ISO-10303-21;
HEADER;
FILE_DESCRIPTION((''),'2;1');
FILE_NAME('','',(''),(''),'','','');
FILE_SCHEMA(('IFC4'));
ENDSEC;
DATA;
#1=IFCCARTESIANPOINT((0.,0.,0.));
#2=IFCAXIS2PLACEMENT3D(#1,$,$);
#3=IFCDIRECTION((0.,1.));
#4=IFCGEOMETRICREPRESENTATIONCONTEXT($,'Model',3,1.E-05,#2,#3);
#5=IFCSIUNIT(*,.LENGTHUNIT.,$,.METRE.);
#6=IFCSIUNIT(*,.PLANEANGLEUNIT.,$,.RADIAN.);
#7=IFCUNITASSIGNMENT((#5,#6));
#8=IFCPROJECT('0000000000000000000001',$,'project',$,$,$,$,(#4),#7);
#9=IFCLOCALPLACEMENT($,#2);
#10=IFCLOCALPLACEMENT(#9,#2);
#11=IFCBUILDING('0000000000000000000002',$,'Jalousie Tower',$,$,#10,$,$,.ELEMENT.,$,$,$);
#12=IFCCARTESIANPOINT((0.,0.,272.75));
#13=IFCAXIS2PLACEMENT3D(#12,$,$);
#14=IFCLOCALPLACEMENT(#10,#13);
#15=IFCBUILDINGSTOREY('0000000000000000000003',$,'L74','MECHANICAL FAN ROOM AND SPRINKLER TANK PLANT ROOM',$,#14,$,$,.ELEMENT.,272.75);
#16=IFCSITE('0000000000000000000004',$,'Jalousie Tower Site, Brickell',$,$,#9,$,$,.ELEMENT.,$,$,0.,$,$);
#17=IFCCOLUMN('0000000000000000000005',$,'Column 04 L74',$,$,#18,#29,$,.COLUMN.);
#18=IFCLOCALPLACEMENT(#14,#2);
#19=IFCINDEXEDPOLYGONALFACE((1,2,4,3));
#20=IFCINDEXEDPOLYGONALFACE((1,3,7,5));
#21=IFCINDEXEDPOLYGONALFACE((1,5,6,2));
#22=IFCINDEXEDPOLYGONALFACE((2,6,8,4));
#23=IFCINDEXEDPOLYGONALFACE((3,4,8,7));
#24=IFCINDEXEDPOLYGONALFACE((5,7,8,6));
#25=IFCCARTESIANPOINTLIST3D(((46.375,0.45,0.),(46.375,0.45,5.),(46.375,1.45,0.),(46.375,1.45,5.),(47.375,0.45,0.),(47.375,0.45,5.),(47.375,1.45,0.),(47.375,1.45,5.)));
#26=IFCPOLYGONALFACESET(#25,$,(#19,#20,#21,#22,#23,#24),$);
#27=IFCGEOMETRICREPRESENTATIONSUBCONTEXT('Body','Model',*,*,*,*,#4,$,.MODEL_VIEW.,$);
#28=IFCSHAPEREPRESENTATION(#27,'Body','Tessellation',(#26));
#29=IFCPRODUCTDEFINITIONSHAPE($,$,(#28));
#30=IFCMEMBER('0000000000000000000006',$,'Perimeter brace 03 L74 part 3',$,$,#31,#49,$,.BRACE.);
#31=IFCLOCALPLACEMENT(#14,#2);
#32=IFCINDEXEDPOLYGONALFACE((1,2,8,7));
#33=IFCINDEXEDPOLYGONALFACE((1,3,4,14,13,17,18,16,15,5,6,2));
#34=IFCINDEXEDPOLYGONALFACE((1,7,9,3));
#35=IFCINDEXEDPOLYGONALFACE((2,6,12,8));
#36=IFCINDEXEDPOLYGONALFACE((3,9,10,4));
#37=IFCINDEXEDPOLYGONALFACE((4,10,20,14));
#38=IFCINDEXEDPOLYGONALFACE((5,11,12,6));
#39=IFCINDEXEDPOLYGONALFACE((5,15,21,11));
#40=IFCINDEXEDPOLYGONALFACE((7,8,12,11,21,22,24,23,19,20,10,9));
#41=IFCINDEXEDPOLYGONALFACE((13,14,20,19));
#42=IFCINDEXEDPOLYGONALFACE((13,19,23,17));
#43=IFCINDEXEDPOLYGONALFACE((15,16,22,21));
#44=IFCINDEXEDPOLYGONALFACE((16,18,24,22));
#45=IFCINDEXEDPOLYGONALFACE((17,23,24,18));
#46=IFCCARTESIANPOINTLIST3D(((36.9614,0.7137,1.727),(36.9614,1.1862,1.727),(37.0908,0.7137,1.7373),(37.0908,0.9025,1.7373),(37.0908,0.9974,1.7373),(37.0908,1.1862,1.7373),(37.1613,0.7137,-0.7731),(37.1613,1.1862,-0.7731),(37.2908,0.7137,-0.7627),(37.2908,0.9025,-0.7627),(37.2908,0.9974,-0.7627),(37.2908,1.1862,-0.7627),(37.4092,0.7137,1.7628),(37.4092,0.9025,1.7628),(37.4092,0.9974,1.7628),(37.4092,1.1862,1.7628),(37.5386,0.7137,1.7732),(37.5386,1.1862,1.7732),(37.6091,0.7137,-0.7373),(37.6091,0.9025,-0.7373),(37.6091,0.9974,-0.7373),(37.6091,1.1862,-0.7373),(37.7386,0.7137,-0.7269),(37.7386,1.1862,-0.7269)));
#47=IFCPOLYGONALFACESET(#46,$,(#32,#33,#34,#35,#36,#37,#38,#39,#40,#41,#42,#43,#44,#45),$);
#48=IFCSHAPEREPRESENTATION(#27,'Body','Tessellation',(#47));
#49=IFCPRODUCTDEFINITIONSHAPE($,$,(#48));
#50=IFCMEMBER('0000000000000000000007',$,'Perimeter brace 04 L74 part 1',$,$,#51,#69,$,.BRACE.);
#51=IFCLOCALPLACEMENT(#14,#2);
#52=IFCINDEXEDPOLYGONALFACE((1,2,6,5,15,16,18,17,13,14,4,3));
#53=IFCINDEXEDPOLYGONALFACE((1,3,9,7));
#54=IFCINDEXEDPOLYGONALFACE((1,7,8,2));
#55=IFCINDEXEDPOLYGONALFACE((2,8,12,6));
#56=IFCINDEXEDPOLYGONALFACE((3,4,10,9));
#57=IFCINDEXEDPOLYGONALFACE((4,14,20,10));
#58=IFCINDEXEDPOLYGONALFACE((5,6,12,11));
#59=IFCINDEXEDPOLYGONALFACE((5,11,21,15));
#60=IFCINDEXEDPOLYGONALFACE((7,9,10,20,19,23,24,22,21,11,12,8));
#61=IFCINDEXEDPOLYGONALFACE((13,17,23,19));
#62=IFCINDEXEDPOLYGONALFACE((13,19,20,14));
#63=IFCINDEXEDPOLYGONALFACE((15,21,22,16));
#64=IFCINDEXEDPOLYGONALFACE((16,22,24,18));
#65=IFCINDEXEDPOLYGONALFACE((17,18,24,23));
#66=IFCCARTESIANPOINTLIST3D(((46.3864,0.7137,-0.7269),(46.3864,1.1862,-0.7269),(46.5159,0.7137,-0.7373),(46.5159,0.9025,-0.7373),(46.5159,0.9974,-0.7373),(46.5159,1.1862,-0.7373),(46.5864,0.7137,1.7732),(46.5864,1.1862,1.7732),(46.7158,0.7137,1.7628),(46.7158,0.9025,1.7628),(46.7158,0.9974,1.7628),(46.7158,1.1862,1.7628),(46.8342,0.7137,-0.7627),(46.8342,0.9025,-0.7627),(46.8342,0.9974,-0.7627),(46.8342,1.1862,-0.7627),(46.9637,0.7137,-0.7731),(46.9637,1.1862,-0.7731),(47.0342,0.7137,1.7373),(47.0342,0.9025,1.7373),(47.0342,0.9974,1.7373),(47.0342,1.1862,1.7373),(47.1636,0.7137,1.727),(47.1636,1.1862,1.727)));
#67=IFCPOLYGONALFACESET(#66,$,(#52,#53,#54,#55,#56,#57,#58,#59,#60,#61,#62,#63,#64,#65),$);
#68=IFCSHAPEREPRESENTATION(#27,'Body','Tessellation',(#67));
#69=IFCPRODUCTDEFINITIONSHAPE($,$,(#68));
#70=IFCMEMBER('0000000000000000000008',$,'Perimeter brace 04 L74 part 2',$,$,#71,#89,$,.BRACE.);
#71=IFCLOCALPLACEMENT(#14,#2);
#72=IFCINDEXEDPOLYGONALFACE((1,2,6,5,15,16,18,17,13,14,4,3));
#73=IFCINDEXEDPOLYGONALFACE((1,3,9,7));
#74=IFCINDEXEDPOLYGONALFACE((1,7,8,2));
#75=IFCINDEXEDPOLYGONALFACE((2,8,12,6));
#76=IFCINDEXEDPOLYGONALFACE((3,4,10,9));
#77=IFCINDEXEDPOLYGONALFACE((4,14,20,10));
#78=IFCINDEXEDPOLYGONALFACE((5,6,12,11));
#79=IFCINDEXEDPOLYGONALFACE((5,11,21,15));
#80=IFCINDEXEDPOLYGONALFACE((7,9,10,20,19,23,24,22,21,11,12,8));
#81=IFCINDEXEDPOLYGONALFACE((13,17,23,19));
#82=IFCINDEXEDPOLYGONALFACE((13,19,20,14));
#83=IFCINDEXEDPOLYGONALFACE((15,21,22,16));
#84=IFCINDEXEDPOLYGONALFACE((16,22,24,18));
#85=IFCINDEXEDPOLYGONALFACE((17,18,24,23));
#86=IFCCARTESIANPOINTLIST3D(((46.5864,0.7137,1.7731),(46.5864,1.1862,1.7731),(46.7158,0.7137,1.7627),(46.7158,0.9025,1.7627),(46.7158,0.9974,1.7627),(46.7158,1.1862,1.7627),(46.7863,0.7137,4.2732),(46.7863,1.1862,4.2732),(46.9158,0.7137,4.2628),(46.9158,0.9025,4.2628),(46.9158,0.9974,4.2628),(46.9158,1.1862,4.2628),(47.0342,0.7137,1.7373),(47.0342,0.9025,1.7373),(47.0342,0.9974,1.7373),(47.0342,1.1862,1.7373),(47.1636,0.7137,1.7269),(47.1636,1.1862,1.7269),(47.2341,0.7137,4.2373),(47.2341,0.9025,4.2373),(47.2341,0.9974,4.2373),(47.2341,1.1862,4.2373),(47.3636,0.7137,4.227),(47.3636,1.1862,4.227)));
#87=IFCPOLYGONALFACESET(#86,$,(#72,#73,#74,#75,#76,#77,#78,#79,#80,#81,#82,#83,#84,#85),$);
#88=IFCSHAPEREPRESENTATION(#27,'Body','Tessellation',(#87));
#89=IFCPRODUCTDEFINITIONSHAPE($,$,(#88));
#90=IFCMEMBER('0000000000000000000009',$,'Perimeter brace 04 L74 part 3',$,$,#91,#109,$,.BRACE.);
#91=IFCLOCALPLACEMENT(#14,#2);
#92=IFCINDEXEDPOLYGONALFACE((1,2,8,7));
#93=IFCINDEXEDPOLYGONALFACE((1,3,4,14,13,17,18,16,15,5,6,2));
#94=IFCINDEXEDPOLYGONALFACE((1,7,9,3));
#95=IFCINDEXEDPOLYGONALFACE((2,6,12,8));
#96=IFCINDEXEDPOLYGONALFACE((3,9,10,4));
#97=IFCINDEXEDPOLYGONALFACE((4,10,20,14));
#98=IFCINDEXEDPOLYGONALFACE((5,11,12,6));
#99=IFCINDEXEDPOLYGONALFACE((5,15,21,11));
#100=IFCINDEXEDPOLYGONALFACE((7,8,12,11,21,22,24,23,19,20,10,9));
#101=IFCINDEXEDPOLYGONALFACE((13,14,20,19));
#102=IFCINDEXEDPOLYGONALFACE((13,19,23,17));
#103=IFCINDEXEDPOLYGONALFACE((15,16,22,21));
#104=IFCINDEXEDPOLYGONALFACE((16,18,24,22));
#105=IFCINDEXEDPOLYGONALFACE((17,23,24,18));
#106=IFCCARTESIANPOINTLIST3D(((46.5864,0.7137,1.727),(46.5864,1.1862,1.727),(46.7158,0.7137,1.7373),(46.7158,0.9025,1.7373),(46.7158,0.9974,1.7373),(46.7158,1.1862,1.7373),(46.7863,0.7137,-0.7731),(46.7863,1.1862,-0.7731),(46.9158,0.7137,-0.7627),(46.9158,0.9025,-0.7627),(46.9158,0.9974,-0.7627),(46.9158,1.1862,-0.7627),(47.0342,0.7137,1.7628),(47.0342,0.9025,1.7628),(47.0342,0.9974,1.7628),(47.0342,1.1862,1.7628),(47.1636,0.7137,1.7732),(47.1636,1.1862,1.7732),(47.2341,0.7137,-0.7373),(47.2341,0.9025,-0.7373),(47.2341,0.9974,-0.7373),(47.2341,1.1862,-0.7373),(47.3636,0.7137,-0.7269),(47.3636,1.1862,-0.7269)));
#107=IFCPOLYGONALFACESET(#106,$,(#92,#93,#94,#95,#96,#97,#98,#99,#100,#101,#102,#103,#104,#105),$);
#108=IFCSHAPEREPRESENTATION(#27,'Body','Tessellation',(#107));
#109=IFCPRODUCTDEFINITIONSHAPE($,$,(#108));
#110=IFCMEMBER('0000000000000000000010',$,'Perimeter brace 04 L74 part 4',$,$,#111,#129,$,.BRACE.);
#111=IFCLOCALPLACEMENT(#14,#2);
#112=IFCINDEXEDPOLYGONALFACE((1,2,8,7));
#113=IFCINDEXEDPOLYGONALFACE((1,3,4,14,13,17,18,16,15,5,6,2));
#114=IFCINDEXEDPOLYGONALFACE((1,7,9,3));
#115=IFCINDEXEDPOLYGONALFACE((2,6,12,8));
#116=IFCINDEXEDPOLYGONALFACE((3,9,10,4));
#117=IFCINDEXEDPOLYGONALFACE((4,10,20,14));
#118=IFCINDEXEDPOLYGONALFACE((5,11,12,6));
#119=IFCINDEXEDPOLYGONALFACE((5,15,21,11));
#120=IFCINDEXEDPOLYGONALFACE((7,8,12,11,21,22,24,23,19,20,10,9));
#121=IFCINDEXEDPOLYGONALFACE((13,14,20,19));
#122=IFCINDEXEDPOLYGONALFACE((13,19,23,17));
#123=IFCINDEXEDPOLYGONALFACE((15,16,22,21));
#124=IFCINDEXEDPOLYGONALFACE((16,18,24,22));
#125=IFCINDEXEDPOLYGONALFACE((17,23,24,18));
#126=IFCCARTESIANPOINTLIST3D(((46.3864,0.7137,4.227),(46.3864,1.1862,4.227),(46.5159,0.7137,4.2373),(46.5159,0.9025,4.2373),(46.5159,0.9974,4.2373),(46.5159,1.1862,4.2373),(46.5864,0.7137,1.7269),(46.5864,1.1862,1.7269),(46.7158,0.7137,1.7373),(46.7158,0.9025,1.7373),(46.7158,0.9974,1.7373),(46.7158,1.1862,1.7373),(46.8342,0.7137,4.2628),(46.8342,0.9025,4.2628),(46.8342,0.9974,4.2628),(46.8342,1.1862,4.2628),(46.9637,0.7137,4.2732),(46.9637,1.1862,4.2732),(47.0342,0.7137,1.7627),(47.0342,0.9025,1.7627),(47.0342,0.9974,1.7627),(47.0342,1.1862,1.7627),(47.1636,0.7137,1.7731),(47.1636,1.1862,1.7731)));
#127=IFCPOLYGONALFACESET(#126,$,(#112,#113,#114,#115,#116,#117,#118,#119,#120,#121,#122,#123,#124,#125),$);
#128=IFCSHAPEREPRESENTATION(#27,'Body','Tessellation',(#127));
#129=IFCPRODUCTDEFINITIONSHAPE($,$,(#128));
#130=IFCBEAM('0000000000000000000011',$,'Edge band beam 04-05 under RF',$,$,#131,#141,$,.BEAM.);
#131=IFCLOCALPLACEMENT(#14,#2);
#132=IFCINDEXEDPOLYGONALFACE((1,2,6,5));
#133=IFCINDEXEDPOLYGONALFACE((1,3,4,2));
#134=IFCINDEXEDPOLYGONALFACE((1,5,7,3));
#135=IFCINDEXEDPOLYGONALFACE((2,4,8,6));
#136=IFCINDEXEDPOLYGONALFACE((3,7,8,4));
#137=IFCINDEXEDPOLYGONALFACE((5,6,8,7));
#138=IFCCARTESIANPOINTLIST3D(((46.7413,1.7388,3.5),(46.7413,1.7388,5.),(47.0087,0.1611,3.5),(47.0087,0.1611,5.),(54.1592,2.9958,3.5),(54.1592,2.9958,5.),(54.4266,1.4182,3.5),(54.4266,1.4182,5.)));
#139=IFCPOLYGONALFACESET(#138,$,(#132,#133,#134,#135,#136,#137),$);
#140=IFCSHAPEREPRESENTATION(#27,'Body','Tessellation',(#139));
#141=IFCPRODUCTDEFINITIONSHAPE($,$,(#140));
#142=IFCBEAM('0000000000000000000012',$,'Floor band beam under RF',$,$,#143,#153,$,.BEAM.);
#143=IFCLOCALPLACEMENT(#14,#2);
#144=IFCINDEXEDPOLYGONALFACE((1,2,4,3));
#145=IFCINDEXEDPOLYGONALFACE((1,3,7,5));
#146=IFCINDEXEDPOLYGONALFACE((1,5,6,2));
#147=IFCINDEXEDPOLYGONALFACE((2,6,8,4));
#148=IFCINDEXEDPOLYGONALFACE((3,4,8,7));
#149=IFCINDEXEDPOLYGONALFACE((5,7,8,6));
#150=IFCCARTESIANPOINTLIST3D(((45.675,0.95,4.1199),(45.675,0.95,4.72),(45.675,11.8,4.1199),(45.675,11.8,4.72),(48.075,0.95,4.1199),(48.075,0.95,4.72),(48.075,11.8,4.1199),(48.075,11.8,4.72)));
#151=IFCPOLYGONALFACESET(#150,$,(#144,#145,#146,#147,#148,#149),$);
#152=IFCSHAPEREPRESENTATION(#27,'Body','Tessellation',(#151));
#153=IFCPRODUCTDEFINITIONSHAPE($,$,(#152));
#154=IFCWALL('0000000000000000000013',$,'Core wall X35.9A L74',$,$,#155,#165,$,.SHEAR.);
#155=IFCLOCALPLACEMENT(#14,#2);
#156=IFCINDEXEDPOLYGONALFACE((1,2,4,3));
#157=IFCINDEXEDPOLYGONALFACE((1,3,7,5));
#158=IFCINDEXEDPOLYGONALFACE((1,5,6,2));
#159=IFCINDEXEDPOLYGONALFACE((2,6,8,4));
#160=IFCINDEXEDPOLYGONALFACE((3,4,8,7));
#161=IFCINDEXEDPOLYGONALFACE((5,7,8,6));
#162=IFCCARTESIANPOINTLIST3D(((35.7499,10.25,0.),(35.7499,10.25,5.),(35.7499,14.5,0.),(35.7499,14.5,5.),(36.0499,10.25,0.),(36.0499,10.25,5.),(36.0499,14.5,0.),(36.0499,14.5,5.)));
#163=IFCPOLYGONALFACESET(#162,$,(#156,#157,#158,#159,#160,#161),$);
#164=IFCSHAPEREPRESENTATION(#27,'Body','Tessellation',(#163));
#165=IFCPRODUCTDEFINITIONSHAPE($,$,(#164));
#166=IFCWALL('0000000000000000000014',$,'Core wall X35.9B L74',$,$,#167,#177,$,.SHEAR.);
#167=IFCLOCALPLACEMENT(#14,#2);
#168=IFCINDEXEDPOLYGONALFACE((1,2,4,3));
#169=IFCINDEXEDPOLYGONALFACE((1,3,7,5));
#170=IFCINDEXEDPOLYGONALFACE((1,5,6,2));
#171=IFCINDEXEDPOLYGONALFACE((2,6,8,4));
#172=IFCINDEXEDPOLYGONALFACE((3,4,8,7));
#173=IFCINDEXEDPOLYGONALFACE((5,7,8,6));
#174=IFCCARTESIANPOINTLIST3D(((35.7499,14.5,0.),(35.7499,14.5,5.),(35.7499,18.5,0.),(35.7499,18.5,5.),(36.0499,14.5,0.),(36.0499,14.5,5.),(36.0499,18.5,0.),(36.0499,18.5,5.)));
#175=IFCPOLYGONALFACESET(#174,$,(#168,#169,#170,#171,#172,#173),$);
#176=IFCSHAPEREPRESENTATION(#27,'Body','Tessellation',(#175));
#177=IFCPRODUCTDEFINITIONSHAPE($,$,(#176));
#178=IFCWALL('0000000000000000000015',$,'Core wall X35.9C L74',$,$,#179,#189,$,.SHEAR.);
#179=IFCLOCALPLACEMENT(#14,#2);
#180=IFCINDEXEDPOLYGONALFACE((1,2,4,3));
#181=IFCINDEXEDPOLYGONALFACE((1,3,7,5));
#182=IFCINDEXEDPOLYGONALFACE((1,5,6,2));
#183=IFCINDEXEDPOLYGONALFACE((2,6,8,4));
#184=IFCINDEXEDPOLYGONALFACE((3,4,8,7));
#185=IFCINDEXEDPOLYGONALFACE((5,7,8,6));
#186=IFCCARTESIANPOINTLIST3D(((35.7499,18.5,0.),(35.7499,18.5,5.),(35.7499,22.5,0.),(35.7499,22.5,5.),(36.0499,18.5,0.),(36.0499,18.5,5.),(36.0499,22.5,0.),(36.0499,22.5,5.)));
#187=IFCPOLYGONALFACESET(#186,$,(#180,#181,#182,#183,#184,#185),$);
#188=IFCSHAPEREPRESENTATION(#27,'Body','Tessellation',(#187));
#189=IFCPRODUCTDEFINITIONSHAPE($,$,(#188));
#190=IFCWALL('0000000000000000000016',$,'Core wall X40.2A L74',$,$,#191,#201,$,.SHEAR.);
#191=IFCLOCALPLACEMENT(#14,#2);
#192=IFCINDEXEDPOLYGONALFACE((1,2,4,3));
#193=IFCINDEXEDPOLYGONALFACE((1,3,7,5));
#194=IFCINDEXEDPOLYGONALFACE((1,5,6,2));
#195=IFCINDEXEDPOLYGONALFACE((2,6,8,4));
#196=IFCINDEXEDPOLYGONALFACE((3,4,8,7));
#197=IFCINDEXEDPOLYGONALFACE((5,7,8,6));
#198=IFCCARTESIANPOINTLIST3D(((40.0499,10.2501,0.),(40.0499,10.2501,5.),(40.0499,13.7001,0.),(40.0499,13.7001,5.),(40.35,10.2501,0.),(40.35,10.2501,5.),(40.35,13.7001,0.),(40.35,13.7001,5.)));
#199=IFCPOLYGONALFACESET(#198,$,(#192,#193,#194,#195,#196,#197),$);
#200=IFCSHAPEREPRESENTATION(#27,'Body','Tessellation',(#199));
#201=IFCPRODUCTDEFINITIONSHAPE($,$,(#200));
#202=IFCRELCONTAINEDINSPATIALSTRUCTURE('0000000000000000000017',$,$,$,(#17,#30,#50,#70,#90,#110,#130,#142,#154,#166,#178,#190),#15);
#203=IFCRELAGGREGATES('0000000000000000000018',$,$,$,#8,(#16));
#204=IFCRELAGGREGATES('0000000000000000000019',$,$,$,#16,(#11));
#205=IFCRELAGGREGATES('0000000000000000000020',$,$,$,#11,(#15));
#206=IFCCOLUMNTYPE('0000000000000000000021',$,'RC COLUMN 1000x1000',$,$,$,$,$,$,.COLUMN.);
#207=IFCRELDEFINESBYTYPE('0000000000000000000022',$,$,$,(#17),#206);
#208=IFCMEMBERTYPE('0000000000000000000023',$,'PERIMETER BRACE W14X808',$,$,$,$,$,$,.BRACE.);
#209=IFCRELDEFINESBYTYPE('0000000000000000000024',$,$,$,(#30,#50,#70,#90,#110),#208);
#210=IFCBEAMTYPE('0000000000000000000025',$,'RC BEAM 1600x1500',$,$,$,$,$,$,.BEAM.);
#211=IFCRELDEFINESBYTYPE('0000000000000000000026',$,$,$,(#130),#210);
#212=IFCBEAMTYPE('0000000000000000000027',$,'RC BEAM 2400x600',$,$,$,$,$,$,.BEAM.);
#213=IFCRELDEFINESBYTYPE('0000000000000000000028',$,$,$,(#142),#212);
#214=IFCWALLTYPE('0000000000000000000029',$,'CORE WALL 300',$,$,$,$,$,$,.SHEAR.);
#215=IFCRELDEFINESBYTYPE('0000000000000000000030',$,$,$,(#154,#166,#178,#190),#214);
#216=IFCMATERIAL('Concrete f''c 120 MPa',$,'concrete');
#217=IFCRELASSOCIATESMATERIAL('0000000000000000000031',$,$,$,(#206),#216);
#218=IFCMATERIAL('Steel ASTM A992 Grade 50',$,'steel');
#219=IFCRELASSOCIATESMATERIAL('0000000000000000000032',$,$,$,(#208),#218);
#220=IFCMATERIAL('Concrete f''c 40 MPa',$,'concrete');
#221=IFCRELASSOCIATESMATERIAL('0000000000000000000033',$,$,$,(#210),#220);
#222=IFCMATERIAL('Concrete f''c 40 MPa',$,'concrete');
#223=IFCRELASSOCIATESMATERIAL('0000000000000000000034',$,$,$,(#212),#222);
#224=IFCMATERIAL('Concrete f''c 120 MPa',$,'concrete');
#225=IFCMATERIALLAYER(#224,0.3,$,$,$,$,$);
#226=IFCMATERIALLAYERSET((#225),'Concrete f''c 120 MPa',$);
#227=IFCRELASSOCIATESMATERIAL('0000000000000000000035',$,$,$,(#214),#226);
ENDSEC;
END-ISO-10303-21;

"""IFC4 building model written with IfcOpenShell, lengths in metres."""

from ifc_helpers import new_model, si_unit, direction, frame, frame_2d, origin, origin_2d, place, context, subcontext, project, spatial, rectangle, i_section, extrude, material, layer, layer_set, material_profile, profile_set, type_object, element, save


model = new_model("IFC4")

# Units and contexts
model_context = context("Model", 3, precision=1e-05, world=origin(), true_north=direction((0.0, 1.0)))
body_context = subcontext(model_context, "Body", "Model", "MODEL_VIEW")
ifc_project = project(units=[si_unit("LENGTHUNIT", "METRE"), si_unit("PLANEANGLEUNIT", "RADIAN")], contexts=[model_context])

# Site, building, storey
site_placement = place(None, origin())
site = spatial("IfcSite", under=ifc_project, at=site_placement, Name="Jalousie Tower Site, Brickell", CompositionType="ELEMENT", RefElevation=0.0)
building_placement = place(site_placement, origin())
building = spatial("IfcBuilding", under=site, at=building_placement, Name="Jalousie Tower", CompositionType="ELEMENT")
storey_placement = place(building_placement, frame((0.0, 0.0, 272.75)))
storey = spatial("IfcBuildingStorey", under=building, at=storey_placement, Name="L74", Description="MECHANICAL FAN ROOM AND SPRINKLER TANK PLANT ROOM", CompositionType="ELEMENT", Elevation=272.75)

# Column
ifc_material_1 = material(Name="Concrete f'c 120 MPa", Category="concrete")
ifc_material_profile_1 = material_profile(ifc_material_1, rectangle(XDim=1.0, YDim=1.0, at=origin_2d()), Name="RC 1000x1000")
ifc_profile_set_1 = profile_set([ifc_material_profile_1], Name="Concrete f'c 120 MPa")
column_type = type_object("IfcColumnType", Name="RC COLUMN 1000x1000", PredefinedType="COLUMN", material=ifc_profile_set_1)
column_placement = place(storey_placement, frame((46.875, 0.95, 0.0), z_axis=(0.0, 0.0, 1.0), x_axis=(1.0, 0.0, 0.0)))
element("IfcColumn", 1, at=column_placement, inside=storey, type_object=column_type, Name="Column 04 L74", PredefinedType="COLUMN", context=body_context, shape_type="SweptSolid", body=[
    extrude(rectangle(XDim=1.0, YDim=1.0, at=origin_2d()), origin(), (0.0, 0.0, 1.0), 5.0),
])

# Members
ifc_material_2 = material(Name="Steel ASTM A992 Grade 50", Category="steel")
ifc_material_profile_2 = material_profile(ifc_material_2, i_section(OverallWidth=0.4724, OverallDepth=0.5791, WebThickness=0.095, FlangeThickness=0.1299, at=origin_2d()), Name="W14X808")
ifc_profile_set_2 = profile_set([ifc_material_profile_2], Name="Steel ASTM A992 Grade 50")
member_type = type_object("IfcMemberType", Name="PERIMETER BRACE W14X808", PredefinedType="BRACE", material=ifc_profile_set_2)
for number, where, z_axis, x_axis, name in (
    (2, (37.45, 0.95, -0.75), (-0.079726, 0.0, 0.996817), (0.0, -1.0, 0.0), "Perimeter brace 03 L74 part 3"),
    (3, (46.675, 0.95, -0.75), (0.079726, 0.0, 0.996817), (0.0, 1.0, 0.0), "Perimeter brace 04 L74 part 1"),
    (4, (46.875, 0.95, 1.75), (0.079726, 0.0, 0.996817), (0.0, 1.0, 0.0), "Perimeter brace 04 L74 part 2"),
    (5, (47.075, 0.95, -0.75), (-0.079726, 0.0, 0.996817), (0.0, -1.0, 0.0), "Perimeter brace 04 L74 part 3"),
    (6, (46.875, 0.95, 1.75), (-0.079726, 0.0, 0.996817), (0.0, -1.0, 0.0), "Perimeter brace 04 L74 part 4"),
):
    element("IfcMember", number, at=place(storey_placement, frame(where, z_axis=z_axis, x_axis=x_axis)), inside=storey, type_object=member_type, Name=name, PredefinedType="BRACE", context=body_context, shape_type="SweptSolid", body=[
        extrude(i_section(OverallWidth=0.4724, OverallDepth=0.5791, WebThickness=0.095, FlangeThickness=0.1299, at=origin_2d()), origin(), (0.0, 0.0, 1.0), 2.5081),
    ])

# Beams
ifc_material_3 = material(Name="Concrete f'c 40 MPa", Category="concrete")
ifc_material_profile_3 = material_profile(ifc_material_3, rectangle(XDim=1.6001, YDim=1.5, at=origin_2d()), Name="RC 1600x1500")
ifc_profile_set_3 = profile_set([ifc_material_profile_3], Name="Concrete f'c 40 MPa")
beam_type_1 = type_object("IfcBeamType", Name="RC BEAM 1600x1500", PredefinedType="BEAM", material=ifc_profile_set_3)
beam_1_placement = place(storey_placement, frame((46.875, 0.95, 4.25), z_axis=(0.985943, 0.167082, 0.0), x_axis=(-0.167082, 0.985943, 0.0)))
element("IfcBeam", 7, at=beam_1_placement, inside=storey, type_object=beam_type_1, Name="Edge band beam 04-05 under RF", PredefinedType="BEAM", context=body_context, shape_type="SweptSolid", body=[
    extrude(rectangle(XDim=1.6001, YDim=1.5, at=origin_2d()), origin(), (0.0, 0.0, 1.0), 7.5237),
])
ifc_material_4 = material(Name="Concrete f'c 40 MPa", Category="concrete")
ifc_material_profile_4 = material_profile(ifc_material_4, rectangle(XDim=2.3999, YDim=0.6001, at=origin_2d()), Name="RC 2400x600")
ifc_profile_set_4 = profile_set([ifc_material_profile_4], Name="Concrete f'c 40 MPa")
beam_type_2 = type_object("IfcBeamType", Name="RC BEAM 2400x600", PredefinedType="BEAM", material=ifc_profile_set_4)
beam_2_placement = place(storey_placement, frame((46.875, 0.95, 4.4199), z_axis=(0.0, 1.0, 0.0), x_axis=(-1.0, 0.0, 0.0)))
element("IfcBeam", 8, at=beam_2_placement, inside=storey, type_object=beam_type_2, Name="Floor band beam under RF", PredefinedType="BEAM", context=body_context, shape_type="SweptSolid", body=[
    extrude(rectangle(XDim=2.3999, YDim=0.6001, at=origin_2d()), origin(), (0.0, 0.0, 1.0), 10.8501),
])

# Walls
ifc_material_5 = material(Name="Concrete f'c 120 MPa", Category="concrete")
ifc_layer_1 = layer(ifc_material_5, 0.3)
ifc_layer_set_1 = layer_set([ifc_layer_1], Name="Concrete f'c 120 MPa")
wall_type_1 = type_object("IfcWallType", Name="CORE WALL 300", PredefinedType="SHEAR", material=ifc_layer_set_1)
wall_1_placement = place(storey_placement, frame((35.8999, 10.25, 0.0), z_axis=(0.0, 0.0, 1.0), x_axis=(0.0, 1.0, 0.0)))
element("IfcWall", 9, at=wall_1_placement, inside=storey, type_object=wall_type_1, Name="Core wall X35.9A L74", PredefinedType="SHEAR", context=body_context, shape_type="SweptSolid", body=[
    extrude(rectangle(XDim=4.25, YDim=0.3, at=frame_2d((2.125, 0.0))), origin(), (0.0, 0.0, 1.0), 5.0),
])
for number, where, z_axis, x_axis, name in (
    (10, (35.8999, 14.5, 0.0), (0.0, 0.0, 1.0), (0.0, 1.0, 0.0), "Core wall X35.9B L74"),
    (11, (35.8999, 18.5, 0.0), (0.0, 0.0, 1.0), (0.0, 1.0, 0.0), "Core wall X35.9C L74"),
):
    element("IfcWall", number, at=place(storey_placement, frame(where, z_axis=z_axis, x_axis=x_axis)), inside=storey, type_object=wall_type_1, Name=name, PredefinedType="SHEAR", context=body_context, shape_type="SweptSolid", body=[
        extrude(rectangle(XDim=4.0, YDim=0.3, at=frame_2d((2.0, 0.0))), origin(), (0.0, 0.0, 1.0), 5.0),
    ])
wall_2_placement = place(storey_placement, frame((40.2, 10.25, 0.0), z_axis=(0.0, 0.0, 1.0), x_axis=(0.0, 1.0, 0.0)))
element("IfcWall", 12, at=wall_2_placement, inside=storey, type_object=wall_type_1, Name="Core wall X40.2A L74", PredefinedType="SHEAR", context=body_context, shape_type="SweptSolid", body=[
    extrude(rectangle(XDim=3.45, YDim=0.3, at=frame_2d((1.7251, 0.0))), origin(), (0.0, 0.0, 1.0), 5.0),
])

save(model, "model.ifc")
